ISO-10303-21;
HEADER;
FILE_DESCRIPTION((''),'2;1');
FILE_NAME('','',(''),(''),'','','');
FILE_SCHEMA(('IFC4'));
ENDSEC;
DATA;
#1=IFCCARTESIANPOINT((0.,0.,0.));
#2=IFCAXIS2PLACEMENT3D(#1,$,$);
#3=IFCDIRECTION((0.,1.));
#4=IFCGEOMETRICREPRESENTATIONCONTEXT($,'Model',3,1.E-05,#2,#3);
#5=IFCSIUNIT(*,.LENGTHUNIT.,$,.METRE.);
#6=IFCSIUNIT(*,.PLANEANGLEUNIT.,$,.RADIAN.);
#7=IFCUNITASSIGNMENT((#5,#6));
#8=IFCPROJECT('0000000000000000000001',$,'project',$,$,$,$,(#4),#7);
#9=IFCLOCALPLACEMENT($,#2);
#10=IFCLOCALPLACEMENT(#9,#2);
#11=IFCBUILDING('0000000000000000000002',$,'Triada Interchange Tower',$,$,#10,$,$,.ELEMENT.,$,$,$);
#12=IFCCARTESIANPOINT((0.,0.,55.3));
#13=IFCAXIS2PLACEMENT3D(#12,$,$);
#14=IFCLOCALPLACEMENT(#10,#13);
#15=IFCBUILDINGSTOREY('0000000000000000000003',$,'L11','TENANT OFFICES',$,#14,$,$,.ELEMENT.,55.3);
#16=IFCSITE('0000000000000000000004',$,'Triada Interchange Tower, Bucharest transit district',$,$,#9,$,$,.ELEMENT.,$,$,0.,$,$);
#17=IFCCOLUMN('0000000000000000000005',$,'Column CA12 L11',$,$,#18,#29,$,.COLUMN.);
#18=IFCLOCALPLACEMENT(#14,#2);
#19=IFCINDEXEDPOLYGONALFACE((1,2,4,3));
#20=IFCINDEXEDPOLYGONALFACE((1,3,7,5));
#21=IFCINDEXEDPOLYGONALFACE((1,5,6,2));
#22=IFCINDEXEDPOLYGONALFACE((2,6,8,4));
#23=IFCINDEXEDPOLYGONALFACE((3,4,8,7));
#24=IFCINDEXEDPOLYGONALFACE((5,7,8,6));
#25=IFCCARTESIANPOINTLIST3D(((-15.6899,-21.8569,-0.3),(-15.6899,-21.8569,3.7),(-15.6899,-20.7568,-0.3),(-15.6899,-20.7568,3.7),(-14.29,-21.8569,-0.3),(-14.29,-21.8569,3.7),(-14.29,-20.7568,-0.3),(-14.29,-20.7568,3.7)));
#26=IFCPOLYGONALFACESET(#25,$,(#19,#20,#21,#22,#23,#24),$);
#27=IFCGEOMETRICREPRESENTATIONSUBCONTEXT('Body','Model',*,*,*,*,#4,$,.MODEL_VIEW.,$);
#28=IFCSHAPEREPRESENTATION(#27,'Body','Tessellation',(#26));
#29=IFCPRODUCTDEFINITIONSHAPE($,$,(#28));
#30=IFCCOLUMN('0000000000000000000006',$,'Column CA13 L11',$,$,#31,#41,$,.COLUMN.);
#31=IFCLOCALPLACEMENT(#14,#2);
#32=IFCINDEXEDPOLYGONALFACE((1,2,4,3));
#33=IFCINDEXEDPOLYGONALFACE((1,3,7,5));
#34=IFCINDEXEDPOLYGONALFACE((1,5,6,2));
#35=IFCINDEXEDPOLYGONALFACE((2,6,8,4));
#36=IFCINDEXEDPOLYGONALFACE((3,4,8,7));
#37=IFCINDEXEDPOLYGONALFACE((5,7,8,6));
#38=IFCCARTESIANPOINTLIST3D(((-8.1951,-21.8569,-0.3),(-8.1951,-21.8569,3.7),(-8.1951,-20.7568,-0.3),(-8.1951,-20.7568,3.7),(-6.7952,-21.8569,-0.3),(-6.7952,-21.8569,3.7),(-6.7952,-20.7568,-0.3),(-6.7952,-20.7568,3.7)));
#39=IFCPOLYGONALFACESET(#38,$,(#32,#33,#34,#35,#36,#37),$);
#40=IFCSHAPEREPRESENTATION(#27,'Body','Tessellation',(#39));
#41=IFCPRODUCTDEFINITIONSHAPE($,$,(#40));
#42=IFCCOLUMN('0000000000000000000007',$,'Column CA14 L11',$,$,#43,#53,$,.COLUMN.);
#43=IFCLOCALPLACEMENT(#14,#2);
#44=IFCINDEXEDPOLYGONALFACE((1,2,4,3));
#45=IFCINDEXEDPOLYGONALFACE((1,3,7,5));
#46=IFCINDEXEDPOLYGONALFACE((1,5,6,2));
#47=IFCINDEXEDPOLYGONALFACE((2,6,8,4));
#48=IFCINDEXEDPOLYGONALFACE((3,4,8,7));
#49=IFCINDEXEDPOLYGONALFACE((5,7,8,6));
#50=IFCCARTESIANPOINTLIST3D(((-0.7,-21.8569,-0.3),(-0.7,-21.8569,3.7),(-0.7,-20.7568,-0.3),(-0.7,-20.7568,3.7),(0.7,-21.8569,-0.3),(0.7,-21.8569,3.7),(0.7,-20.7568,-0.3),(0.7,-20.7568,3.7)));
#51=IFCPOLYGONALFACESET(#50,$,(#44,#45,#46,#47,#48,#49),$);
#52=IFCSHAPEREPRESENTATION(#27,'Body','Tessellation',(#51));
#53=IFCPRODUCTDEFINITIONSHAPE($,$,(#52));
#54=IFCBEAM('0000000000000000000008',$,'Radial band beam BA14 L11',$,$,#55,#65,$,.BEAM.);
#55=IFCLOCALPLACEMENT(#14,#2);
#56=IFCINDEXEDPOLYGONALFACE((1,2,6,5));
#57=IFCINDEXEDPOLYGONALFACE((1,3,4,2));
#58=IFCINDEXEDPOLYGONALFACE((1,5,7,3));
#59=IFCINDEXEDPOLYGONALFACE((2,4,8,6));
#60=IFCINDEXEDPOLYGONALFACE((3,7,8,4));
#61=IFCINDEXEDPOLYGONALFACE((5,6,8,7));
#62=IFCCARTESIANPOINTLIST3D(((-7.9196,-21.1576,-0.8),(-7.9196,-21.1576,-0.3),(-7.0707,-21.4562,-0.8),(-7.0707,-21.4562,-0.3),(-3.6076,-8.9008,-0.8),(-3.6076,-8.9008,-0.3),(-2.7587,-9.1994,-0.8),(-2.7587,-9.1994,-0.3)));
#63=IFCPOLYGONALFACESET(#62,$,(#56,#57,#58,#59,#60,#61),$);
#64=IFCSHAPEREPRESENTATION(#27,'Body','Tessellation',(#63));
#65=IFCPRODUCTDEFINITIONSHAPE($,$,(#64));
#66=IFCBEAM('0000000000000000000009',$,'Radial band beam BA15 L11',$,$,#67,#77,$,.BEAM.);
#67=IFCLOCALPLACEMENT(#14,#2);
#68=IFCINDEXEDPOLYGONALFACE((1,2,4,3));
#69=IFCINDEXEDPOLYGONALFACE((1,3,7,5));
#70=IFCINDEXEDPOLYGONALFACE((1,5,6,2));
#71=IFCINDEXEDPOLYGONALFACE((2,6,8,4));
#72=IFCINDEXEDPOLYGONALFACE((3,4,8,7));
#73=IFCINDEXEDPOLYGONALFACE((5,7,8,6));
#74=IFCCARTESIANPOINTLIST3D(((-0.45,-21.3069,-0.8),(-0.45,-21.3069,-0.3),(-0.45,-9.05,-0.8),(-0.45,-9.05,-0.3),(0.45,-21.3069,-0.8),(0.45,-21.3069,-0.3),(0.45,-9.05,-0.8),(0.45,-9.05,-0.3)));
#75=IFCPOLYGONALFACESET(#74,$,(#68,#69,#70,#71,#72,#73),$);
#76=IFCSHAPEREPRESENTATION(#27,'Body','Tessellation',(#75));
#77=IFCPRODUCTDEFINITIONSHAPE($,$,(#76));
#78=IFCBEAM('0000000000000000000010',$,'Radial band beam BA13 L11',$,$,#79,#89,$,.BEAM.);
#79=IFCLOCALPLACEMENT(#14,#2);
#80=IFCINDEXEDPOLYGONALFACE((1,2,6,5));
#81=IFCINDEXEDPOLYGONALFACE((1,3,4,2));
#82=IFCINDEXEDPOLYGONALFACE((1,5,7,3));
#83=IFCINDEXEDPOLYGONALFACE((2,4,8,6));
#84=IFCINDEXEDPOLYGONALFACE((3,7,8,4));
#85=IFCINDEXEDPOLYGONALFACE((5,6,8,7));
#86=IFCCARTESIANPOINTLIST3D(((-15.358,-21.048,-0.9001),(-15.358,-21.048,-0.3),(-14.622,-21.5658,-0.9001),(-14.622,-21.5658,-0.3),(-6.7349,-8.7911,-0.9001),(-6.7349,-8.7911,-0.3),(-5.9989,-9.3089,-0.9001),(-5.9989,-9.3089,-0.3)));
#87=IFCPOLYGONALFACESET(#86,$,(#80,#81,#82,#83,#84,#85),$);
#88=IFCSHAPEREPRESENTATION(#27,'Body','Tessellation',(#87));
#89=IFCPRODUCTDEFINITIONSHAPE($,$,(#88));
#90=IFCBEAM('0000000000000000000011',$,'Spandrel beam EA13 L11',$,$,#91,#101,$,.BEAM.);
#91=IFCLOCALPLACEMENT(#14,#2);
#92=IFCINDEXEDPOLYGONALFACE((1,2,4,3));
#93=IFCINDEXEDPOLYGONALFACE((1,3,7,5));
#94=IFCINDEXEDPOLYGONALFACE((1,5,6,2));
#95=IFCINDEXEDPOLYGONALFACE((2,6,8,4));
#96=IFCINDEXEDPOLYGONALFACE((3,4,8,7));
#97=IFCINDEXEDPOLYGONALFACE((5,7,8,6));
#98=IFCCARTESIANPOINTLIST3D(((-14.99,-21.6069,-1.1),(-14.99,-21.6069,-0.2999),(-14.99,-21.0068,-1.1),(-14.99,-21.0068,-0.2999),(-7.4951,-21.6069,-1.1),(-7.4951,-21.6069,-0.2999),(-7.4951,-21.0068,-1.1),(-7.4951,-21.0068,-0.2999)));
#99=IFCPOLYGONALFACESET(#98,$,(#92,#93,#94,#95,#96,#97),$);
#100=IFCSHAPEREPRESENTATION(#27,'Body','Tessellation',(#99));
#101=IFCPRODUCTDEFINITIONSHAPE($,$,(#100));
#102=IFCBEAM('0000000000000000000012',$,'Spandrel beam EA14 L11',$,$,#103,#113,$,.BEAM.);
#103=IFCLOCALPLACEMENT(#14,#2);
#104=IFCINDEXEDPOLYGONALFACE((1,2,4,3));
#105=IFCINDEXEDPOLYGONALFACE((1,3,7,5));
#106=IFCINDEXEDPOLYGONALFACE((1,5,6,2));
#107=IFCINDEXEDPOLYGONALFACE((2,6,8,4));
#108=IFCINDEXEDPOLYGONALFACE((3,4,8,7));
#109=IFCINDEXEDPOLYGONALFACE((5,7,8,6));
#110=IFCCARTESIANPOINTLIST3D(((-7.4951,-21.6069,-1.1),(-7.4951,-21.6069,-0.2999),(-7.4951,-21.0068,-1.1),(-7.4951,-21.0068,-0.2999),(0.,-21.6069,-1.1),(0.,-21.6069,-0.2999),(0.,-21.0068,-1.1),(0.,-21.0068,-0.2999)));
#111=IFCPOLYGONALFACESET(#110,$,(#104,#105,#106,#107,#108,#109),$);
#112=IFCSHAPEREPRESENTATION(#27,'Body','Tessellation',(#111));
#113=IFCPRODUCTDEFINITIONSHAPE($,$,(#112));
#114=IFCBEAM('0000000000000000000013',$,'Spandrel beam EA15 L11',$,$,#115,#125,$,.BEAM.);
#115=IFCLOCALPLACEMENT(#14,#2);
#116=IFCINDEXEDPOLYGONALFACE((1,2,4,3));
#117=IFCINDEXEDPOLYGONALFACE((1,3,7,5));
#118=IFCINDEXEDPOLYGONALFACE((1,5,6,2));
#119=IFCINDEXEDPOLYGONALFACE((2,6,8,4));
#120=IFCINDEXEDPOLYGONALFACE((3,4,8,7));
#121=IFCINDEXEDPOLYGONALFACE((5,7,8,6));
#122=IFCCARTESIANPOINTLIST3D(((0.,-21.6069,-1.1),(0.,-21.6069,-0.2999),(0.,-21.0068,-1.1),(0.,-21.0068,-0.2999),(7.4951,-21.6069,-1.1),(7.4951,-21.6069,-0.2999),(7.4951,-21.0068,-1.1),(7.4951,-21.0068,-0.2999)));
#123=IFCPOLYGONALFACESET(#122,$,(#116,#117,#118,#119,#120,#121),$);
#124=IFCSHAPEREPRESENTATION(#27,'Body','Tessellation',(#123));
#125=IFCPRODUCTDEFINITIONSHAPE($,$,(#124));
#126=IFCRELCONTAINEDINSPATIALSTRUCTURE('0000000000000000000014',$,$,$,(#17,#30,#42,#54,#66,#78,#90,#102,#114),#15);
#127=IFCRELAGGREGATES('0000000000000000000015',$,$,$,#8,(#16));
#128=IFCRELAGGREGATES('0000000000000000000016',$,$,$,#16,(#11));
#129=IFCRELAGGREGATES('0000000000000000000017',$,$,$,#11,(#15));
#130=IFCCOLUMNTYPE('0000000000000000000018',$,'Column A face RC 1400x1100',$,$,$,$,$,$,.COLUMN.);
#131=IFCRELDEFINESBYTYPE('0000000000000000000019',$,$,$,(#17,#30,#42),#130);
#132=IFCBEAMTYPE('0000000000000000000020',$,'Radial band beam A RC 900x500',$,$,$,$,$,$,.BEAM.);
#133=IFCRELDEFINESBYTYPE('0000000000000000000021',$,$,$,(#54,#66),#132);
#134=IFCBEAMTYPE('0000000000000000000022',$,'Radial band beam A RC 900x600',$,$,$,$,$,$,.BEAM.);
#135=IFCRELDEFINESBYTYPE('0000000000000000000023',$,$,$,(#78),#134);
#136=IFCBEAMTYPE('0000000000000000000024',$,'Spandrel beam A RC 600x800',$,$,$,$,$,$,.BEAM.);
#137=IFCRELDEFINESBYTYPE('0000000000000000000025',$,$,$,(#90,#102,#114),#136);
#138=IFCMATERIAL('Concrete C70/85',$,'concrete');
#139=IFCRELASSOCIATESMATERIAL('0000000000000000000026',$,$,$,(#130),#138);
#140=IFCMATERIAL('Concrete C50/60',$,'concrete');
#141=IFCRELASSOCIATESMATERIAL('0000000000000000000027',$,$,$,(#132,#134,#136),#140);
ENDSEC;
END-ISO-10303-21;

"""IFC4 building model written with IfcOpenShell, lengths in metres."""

from ifc_helpers import new_model, si_unit, direction, frame, origin, origin_2d, place, context, subcontext, project, spatial, rectangle, extrude, material, material_profile, profile_set, type_object, element, save


model = new_model("IFC4")

# Units and contexts
model_context = context("Model", 3, precision=1e-05, world=origin(), true_north=direction((0.0, 1.0)))
body_context = subcontext(model_context, "Body", "Model", "MODEL_VIEW")
ifc_project = project(units=[si_unit("LENGTHUNIT", "METRE"), si_unit("PLANEANGLEUNIT", "RADIAN")], contexts=[model_context])

# Site, building, storey
site_placement = place(None, origin())
site = spatial("IfcSite", under=ifc_project, at=site_placement, Name="Triada Interchange Tower, Bucharest transit district", CompositionType="ELEMENT", RefElevation=0.0)
building_placement = place(site_placement, origin())
building = spatial("IfcBuilding", under=site, at=building_placement, Name="Triada Interchange Tower", CompositionType="ELEMENT")
storey_placement = place(building_placement, frame((0.0, 0.0, 55.3)))
storey = spatial("IfcBuildingStorey", under=building, at=storey_placement, Name="L11", Description="TENANT OFFICES", CompositionType="ELEMENT", Elevation=55.3)

# Columns
ifc_material_1 = material(Name="Concrete C70/85", Category="concrete")
ifc_material_profile_1 = material_profile(ifc_material_1, rectangle(XDim=1.3999, YDim=1.1001, at=origin_2d()), Name="RC 1400x1100")
ifc_profile_set_1 = profile_set([ifc_material_profile_1], Name="Concrete C70/85")
column_type = type_object("IfcColumnType", Name="Column A face RC 1400x1100", PredefinedType="COLUMN", material=ifc_profile_set_1)
for number, where, z_axis, x_axis, name in (
    (1, (-14.99, -21.3069, -0.3), (0.0, 0.0, 1.0), (1.0, 0.0, 0.0), "Column CA12 L11"),
    (2, (-7.4951, -21.3069, -0.3), (0.0, 0.0, 1.0), (1.0, 0.0, 0.0), "Column CA13 L11"),
    (3, (0.0, -21.3069, -0.3), (0.0, 0.0, 1.0), (1.0, 0.0, 0.0), "Column CA14 L11"),
):
    element("IfcColumn", number, at=place(storey_placement, frame(where, z_axis=z_axis, x_axis=x_axis)), inside=storey, type_object=column_type, Name=name, PredefinedType="COLUMN", context=body_context, shape_type="SweptSolid", body=[
        extrude(rectangle(XDim=1.3999, YDim=1.1001, at=origin_2d()), origin(), (0.0, 0.0, 1.0), 4.0),
    ])

# Beams
ifc_material_2 = material(Name="Concrete C50/60", Category="concrete")
ifc_material_profile_2 = material_profile(ifc_material_2, rectangle(XDim=0.8999, YDim=0.5, at=origin_2d()), Name="RC 900x500")
ifc_profile_set_2 = profile_set([ifc_material_profile_2], Name="Concrete C50/60")
beam_type_1 = type_object("IfcBeamType", Name="Radial band beam A RC 900x500", PredefinedType="BEAM", material=ifc_profile_set_2)
beam_1_placement = place(storey_placement, frame((-7.4951, -21.3069, -0.55), z_axis=(0.331867, 0.943326, 0.0), x_axis=(-0.943326, 0.331867, 0.0)))
element("IfcBeam", 4, at=beam_1_placement, inside=storey, type_object=beam_type_1, Name="Radial band beam BA14 L11", PredefinedType="BEAM", context=body_context, shape_type="SweptSolid", body=[
    extrude(rectangle(XDim=0.8999, YDim=0.5, at=origin_2d()), origin(), (0.0, 0.0, 1.0), 12.9932),
])
beam_2_placement = place(storey_placement, frame((0.0, -21.3069, -0.55), z_axis=(0.0, 1.0, 0.0), x_axis=(-1.0, 0.0, 0.0)))
element("IfcBeam", 5, at=beam_2_placement, inside=storey, type_object=beam_type_1, Name="Radial band beam BA15 L11", PredefinedType="BEAM", context=body_context, shape_type="SweptSolid", body=[
    extrude(rectangle(XDim=0.8999, YDim=0.5, at=origin_2d()), origin(), (0.0, 0.0, 1.0), 12.2568),
])
ifc_material_profile_3 = material_profile(ifc_material_2, rectangle(XDim=0.8999, YDim=0.6001, at=origin_2d()), Name="RC 900x600")
ifc_profile_set_3 = profile_set([ifc_material_profile_3], Name="Concrete C50/60")
beam_type_2 = type_object("IfcBeamType", Name="Radial band beam A RC 900x600", PredefinedType="BEAM", material=ifc_profile_set_3)
beam_3_placement = place(storey_placement, frame((-14.99, -21.3069, -0.6001), z_axis=(0.575398, 0.817873, 0.0), x_axis=(-0.817873, 0.575398, 0.0)))
element("IfcBeam", 6, at=beam_3_placement, inside=storey, type_object=beam_type_2, Name="Radial band beam BA13 L11", PredefinedType="BEAM", context=body_context, shape_type="SweptSolid", body=[
    extrude(rectangle(XDim=0.8999, YDim=0.6001, at=origin_2d()), origin(), (0.0, 0.0, 1.0), 14.9863),
])
ifc_material_profile_4 = material_profile(ifc_material_2, rectangle(XDim=0.6001, YDim=0.8, at=origin_2d()), Name="RC 600x800")
ifc_profile_set_4 = profile_set([ifc_material_profile_4], Name="Concrete C50/60")
beam_type_3 = type_object("IfcBeamType", Name="Spandrel beam A RC 600x800", PredefinedType="BEAM", material=ifc_profile_set_4)
beam_4_placement = place(storey_placement, frame((-14.99, -21.3069, -0.7), z_axis=(1.0, 0.0, 0.0), x_axis=(0.0, 1.0, 0.0)))
element("IfcBeam", 7, at=beam_4_placement, inside=storey, type_object=beam_type_3, Name="Spandrel beam EA13 L11", PredefinedType="BEAM", context=body_context, shape_type="SweptSolid", body=[
    extrude(rectangle(XDim=0.6001, YDim=0.8, at=origin_2d()), origin(), (0.0, 0.0, 1.0), 7.4949),
])
for number, where, z_axis, x_axis, name in (
    (8, (-7.4951, -21.3069, -0.7), (1.0, 0.0, 0.0), (0.0, 1.0, 0.0), "Spandrel beam EA14 L11"),
    (9, (0.0, -21.3069, -0.7), (1.0, 0.0, 0.0), (0.0, 1.0, 0.0), "Spandrel beam EA15 L11"),
):
    element("IfcBeam", number, at=place(storey_placement, frame(where, z_axis=z_axis, x_axis=x_axis)), inside=storey, type_object=beam_type_3, Name=name, PredefinedType="BEAM", context=body_context, shape_type="SweptSolid", body=[
        extrude(rectangle(XDim=0.6001, YDim=0.8, at=origin_2d()), origin(), (0.0, 0.0, 1.0), 7.4951),
    ])

save(model, "model.ifc")
